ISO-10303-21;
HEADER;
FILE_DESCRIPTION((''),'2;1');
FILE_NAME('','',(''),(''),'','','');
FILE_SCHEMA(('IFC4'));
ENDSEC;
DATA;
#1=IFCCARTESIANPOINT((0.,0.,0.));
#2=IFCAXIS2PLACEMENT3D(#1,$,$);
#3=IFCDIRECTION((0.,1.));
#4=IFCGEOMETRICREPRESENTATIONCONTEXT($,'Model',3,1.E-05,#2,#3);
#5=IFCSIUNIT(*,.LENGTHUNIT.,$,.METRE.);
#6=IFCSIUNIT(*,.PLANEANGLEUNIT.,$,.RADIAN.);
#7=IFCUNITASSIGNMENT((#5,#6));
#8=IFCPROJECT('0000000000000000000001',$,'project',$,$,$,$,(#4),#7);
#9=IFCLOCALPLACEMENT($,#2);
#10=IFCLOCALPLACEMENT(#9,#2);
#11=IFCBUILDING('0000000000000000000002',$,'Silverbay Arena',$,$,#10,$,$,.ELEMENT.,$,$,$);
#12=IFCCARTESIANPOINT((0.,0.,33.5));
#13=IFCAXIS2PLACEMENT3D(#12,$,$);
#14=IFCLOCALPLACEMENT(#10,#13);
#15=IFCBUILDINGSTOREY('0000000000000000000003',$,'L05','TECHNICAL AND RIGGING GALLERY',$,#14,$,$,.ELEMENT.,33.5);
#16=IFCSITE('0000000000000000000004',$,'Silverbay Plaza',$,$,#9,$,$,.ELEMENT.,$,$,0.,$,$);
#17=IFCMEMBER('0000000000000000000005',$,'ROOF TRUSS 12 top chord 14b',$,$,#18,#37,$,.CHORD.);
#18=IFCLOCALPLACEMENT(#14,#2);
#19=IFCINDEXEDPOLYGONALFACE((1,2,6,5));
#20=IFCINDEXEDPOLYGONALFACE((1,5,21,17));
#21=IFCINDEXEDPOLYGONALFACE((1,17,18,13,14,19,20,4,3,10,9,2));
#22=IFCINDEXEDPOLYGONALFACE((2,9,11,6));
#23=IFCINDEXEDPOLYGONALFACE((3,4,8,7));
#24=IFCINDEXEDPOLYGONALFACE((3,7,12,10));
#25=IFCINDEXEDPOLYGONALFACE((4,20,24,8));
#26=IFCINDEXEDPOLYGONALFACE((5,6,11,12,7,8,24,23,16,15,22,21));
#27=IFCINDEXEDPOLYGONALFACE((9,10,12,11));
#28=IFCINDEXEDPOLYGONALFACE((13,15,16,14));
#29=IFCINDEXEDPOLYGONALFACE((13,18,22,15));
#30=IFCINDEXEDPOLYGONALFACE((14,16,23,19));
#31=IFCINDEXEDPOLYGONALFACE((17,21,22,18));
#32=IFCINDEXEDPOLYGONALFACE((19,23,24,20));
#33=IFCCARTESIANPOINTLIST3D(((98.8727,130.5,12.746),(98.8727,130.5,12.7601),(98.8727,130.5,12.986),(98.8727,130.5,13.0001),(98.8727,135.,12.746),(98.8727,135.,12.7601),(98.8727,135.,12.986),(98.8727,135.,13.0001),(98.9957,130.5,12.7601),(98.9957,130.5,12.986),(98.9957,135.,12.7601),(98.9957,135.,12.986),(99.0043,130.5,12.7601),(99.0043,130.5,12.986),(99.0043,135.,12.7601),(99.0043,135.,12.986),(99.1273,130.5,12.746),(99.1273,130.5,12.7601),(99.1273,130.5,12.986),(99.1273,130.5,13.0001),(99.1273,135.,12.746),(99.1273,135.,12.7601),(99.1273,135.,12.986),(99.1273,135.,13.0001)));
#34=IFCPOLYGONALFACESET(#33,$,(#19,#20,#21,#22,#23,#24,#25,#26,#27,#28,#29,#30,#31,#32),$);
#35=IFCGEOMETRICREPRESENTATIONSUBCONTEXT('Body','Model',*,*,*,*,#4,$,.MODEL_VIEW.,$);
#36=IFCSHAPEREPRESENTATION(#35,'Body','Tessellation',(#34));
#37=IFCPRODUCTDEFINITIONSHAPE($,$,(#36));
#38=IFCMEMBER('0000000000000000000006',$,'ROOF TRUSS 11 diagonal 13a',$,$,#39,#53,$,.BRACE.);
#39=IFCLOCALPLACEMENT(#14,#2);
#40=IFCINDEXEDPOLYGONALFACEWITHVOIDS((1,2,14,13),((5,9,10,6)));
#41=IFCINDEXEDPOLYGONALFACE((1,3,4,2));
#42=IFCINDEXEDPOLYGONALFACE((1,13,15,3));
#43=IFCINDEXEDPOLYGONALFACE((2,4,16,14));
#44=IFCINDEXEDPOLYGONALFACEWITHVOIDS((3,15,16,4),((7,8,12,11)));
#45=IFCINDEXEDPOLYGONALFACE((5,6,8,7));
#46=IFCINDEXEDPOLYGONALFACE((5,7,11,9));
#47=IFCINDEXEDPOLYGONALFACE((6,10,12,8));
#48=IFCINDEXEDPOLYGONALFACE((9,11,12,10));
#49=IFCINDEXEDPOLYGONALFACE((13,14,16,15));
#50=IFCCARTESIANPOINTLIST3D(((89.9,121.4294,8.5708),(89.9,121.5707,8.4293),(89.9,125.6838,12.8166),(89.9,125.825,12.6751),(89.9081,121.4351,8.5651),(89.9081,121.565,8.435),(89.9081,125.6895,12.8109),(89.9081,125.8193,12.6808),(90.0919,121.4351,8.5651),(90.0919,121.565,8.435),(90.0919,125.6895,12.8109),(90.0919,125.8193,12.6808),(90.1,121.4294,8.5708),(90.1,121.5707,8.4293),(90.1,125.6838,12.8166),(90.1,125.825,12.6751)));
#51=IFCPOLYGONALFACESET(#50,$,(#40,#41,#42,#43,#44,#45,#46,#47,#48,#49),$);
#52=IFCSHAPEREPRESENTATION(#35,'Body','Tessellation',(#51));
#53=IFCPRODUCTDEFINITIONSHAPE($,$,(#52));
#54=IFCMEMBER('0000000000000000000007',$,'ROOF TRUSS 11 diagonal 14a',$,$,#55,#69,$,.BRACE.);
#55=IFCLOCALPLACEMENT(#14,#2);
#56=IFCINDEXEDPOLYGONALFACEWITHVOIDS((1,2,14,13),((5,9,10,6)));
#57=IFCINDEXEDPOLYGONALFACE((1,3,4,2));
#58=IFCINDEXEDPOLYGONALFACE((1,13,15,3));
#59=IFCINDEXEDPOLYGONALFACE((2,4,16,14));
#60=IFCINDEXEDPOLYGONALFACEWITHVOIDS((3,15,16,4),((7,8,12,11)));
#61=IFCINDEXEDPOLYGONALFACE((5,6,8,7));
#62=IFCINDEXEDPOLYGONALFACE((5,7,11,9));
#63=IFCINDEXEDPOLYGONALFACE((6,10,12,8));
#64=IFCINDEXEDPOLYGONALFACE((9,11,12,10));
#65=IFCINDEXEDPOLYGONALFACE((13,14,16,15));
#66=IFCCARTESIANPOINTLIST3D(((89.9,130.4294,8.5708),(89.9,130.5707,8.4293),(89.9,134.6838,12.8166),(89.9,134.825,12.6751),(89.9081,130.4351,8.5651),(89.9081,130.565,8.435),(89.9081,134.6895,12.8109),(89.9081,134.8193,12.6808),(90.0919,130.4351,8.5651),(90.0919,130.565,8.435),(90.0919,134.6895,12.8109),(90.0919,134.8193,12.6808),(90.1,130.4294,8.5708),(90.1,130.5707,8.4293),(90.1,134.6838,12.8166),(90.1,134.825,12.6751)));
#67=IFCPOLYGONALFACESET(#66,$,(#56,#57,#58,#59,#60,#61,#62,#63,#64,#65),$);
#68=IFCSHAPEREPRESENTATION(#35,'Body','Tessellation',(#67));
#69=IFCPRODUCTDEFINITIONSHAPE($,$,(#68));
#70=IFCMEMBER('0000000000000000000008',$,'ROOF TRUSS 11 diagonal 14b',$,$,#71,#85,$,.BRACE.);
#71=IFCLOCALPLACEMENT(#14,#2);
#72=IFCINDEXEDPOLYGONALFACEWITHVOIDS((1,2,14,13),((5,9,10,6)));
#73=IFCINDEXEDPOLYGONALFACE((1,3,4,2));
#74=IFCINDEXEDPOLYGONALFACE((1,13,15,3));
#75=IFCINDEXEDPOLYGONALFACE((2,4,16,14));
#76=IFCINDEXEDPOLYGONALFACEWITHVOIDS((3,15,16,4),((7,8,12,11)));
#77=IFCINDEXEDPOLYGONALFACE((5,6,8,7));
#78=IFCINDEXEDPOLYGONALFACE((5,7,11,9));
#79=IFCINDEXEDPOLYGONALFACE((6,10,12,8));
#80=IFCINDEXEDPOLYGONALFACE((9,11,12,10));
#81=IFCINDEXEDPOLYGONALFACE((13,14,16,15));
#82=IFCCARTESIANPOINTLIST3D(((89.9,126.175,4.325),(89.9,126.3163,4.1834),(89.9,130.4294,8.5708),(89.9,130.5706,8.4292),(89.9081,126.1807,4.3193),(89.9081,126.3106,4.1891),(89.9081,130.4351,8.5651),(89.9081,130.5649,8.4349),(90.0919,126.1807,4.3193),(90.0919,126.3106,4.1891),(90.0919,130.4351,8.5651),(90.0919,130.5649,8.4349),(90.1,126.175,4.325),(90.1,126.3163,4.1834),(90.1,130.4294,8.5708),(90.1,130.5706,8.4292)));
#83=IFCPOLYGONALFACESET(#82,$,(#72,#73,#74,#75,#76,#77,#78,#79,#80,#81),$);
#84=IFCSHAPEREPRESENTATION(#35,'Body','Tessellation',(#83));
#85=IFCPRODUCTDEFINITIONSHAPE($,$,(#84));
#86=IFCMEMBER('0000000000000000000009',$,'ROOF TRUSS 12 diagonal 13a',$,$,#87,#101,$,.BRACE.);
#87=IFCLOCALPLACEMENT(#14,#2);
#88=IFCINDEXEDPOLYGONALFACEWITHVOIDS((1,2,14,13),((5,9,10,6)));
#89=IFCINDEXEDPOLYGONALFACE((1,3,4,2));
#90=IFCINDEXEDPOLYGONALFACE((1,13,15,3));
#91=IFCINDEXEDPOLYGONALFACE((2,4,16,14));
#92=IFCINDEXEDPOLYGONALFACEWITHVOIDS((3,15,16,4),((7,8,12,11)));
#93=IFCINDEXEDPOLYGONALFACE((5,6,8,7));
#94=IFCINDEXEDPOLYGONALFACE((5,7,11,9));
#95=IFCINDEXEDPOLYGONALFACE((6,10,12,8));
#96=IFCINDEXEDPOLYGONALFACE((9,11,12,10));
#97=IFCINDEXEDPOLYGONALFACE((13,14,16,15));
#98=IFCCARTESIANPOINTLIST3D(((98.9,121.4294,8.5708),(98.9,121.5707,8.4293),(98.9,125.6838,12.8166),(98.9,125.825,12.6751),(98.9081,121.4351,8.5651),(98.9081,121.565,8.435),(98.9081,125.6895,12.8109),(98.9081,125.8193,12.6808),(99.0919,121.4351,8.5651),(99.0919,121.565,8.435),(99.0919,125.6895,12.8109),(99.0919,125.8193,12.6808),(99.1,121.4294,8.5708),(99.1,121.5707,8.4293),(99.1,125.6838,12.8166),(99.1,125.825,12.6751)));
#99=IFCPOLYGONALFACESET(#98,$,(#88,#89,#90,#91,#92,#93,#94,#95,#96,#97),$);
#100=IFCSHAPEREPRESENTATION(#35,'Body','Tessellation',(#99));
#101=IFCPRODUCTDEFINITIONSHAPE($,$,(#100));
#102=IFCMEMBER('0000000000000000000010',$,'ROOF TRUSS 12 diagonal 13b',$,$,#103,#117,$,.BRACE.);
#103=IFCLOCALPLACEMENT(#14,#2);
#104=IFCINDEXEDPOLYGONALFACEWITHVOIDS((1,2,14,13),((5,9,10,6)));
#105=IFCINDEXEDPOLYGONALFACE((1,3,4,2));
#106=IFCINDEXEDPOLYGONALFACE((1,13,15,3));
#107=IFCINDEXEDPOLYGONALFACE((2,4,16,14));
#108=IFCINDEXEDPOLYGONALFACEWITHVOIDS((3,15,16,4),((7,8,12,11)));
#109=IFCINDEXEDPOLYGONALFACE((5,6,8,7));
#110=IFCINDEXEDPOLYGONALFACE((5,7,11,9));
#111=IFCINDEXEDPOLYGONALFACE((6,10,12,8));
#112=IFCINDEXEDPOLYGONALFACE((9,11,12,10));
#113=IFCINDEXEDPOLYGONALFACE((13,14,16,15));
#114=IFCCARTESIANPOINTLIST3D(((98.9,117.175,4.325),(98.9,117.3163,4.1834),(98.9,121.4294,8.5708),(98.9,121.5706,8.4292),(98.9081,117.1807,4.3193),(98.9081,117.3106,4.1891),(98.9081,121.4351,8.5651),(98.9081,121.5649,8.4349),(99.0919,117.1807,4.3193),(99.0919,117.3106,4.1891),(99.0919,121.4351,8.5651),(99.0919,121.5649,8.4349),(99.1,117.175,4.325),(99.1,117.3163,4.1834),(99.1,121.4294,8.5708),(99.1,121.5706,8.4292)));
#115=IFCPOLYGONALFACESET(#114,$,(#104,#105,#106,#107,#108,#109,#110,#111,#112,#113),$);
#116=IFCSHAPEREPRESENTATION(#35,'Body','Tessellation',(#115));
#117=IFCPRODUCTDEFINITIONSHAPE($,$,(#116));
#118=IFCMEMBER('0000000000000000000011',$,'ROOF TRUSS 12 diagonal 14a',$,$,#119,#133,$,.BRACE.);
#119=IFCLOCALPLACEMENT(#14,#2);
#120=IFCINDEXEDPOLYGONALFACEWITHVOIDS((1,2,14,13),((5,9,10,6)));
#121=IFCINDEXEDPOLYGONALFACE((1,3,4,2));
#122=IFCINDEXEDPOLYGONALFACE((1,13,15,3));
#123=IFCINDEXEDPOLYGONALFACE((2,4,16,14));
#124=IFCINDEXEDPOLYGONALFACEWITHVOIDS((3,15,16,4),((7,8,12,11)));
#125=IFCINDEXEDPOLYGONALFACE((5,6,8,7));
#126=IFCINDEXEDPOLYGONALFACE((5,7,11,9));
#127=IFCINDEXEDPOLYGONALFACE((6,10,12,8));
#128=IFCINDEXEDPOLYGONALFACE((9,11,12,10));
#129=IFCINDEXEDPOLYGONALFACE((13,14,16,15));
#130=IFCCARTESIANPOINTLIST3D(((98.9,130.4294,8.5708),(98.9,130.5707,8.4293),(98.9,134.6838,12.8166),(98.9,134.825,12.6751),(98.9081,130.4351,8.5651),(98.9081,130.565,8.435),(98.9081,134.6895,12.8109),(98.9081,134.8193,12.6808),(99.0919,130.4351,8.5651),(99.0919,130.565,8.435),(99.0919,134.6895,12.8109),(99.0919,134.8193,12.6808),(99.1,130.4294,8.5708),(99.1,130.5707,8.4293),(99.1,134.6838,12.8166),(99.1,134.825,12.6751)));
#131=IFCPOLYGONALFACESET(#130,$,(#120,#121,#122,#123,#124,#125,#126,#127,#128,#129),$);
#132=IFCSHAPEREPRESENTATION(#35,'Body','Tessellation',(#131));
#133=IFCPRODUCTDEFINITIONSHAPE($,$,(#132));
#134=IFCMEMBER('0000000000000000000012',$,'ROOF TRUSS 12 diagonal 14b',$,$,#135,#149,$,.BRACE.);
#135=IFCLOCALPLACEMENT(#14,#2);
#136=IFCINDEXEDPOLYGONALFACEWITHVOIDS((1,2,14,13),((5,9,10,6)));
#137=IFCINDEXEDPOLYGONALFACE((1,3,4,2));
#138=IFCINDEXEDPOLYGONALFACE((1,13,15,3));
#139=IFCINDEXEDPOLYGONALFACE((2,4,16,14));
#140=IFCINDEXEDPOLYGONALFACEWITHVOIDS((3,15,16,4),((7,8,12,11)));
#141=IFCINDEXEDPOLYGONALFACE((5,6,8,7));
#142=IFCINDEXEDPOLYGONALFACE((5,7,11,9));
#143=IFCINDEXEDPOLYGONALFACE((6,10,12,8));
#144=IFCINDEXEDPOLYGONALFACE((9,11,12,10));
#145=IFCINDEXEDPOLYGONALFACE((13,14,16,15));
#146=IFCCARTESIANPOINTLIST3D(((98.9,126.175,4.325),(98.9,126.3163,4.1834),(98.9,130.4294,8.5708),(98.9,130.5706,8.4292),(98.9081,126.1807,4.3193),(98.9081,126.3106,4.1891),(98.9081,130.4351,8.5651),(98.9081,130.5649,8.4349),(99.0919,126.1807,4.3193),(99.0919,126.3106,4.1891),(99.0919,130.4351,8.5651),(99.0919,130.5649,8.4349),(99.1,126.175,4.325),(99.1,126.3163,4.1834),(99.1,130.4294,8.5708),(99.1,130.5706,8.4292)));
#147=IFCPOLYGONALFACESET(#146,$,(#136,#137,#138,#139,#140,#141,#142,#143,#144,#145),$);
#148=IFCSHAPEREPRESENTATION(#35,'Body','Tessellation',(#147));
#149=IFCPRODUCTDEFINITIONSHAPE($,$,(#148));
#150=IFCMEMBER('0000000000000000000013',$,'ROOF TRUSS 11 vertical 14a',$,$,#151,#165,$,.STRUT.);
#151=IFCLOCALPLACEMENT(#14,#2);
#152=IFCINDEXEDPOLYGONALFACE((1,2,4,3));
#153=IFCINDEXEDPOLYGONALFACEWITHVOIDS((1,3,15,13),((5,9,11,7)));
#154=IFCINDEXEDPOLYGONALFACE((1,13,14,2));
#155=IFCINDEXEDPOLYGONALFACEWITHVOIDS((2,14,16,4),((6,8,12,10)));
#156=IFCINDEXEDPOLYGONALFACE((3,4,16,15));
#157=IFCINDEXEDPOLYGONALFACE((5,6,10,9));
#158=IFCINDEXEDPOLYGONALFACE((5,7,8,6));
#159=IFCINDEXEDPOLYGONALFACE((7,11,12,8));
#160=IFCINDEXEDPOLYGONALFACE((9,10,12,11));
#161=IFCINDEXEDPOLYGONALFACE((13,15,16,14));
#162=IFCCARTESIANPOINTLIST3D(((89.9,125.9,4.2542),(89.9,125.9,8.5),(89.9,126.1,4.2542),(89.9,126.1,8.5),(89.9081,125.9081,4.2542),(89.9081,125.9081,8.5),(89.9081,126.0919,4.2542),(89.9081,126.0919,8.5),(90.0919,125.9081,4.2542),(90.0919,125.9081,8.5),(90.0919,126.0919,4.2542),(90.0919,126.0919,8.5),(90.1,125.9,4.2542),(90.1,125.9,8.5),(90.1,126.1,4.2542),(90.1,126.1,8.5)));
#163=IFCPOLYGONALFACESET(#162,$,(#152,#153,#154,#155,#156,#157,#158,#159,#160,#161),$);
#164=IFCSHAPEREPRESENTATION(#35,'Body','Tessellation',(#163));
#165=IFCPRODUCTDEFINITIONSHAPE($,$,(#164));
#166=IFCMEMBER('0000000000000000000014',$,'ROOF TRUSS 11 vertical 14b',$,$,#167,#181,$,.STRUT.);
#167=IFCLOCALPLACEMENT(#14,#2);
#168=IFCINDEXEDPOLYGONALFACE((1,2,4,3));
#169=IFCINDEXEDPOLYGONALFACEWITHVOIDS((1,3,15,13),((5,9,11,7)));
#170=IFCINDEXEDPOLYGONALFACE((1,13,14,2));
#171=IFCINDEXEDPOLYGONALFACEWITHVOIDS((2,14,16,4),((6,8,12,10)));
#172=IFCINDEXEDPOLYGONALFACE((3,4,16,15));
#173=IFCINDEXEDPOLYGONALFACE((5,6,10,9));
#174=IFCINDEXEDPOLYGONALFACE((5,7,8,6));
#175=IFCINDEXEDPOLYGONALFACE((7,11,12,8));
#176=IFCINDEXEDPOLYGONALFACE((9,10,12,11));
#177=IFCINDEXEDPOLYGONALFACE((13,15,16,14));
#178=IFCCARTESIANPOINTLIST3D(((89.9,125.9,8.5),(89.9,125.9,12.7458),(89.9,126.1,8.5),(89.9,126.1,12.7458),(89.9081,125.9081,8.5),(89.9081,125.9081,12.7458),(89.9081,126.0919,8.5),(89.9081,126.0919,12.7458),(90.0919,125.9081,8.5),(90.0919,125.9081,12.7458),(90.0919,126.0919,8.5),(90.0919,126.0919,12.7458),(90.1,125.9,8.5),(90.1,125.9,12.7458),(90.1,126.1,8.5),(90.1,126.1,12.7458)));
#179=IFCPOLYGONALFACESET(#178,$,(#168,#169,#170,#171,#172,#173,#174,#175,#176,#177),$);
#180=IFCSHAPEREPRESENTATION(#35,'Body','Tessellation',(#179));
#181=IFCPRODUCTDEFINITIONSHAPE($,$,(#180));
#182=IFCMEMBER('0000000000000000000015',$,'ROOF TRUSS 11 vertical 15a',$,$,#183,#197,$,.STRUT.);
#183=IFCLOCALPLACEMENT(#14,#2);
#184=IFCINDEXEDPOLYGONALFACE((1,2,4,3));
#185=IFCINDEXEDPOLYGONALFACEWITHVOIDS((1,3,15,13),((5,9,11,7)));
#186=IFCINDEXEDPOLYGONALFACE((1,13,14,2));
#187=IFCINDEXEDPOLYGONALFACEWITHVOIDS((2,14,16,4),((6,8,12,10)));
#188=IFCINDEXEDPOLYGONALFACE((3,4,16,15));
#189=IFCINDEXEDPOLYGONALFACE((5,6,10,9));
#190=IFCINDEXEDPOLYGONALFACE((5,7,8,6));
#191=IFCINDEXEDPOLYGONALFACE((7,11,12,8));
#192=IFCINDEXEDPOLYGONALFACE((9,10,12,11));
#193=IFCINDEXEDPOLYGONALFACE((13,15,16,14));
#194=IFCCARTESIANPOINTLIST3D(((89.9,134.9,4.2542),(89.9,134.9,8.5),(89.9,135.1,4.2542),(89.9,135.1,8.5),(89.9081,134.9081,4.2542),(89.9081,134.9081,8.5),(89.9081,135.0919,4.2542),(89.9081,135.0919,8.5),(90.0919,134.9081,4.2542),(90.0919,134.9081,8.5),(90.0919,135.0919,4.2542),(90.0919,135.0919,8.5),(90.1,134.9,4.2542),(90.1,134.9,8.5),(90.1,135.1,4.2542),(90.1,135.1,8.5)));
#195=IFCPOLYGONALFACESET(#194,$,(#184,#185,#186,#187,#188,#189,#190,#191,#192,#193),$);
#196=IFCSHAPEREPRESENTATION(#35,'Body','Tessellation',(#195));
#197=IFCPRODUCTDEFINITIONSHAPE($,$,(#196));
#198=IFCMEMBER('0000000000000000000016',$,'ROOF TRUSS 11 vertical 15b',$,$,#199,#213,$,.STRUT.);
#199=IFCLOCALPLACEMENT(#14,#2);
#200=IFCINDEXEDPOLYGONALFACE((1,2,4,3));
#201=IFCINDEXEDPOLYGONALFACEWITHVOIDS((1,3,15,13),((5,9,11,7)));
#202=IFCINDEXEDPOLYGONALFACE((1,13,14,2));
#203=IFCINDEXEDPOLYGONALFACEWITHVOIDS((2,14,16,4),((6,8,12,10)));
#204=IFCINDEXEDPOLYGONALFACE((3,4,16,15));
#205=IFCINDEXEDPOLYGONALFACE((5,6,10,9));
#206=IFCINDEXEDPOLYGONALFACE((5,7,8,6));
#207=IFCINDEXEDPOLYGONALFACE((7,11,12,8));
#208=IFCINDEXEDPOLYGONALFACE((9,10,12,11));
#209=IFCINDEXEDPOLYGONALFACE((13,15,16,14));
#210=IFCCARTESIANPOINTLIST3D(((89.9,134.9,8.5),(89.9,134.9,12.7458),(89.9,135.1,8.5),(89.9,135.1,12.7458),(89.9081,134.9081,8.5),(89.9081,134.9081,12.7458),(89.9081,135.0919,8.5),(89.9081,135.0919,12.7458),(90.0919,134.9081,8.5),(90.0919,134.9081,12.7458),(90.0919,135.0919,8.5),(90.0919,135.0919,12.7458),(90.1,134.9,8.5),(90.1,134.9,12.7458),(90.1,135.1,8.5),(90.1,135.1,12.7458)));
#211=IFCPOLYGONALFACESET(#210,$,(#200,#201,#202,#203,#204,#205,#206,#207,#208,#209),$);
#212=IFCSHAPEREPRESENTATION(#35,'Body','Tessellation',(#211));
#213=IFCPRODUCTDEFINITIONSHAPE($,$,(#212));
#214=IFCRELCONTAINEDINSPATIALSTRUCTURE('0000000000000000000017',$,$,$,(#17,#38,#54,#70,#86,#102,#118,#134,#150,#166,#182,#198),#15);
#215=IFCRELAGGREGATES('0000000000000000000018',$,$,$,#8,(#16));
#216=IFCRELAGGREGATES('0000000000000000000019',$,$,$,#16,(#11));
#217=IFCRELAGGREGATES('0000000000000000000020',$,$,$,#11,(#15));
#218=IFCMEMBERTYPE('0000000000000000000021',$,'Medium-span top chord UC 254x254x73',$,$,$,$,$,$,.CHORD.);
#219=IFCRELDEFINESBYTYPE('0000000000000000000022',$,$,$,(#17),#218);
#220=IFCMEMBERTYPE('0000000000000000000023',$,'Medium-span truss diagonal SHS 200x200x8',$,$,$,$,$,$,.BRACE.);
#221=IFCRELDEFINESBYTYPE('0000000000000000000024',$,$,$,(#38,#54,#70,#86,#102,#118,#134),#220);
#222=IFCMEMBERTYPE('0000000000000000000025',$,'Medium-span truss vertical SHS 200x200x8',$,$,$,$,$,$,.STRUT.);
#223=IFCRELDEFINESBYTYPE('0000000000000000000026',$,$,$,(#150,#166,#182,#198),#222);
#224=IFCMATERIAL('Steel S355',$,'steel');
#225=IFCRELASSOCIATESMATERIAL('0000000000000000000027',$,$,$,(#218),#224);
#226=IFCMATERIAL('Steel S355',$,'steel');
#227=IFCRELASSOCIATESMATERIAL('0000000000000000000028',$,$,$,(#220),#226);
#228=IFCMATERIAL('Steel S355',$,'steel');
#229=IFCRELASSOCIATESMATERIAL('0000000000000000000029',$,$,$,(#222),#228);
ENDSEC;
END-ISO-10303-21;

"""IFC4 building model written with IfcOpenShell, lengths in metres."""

from ifc_helpers import new_model, si_unit, direction, frame, origin, origin_2d, place, context, subcontext, project, spatial, hollow_rectangle, i_section, extrude, material, material_profile, profile_set, type_object, element, save


model = new_model("IFC4")

# Units and contexts
model_context = context("Model", 3, precision=1e-05, world=origin(), true_north=direction((0.0, 1.0)))
body_context = subcontext(model_context, "Body", "Model", "MODEL_VIEW")
ifc_project = project(units=[si_unit("LENGTHUNIT", "METRE"), si_unit("PLANEANGLEUNIT", "RADIAN")], contexts=[model_context])

# Site, building, storey
site_placement = place(None, origin())
site = spatial("IfcSite", under=ifc_project, at=site_placement, Name="Silverbay Plaza", CompositionType="ELEMENT", RefElevation=0.0)
building_placement = place(site_placement, origin())
building = spatial("IfcBuilding", under=site, at=building_placement, Name="Silverbay Arena", CompositionType="ELEMENT")
storey_placement = place(building_placement, frame((0.0, 0.0, 33.5)))
storey = spatial("IfcBuildingStorey", under=building, at=storey_placement, Name="L05", Description="TECHNICAL AND RIGGING GALLERY", CompositionType="ELEMENT", Elevation=33.5)

# Members
ifc_material_1 = material(Name="Steel S355", Category="steel")
ifc_material_profile_1 = material_profile(ifc_material_1, i_section(OverallWidth=0.2546, OverallDepth=0.2542, WebThickness=0.0085, FlangeThickness=0.0142, at=origin_2d()), Name="UC 254x254x73")
ifc_profile_set_1 = profile_set([ifc_material_profile_1], Name="Steel S355")
member_type_1 = type_object("IfcMemberType", Name="Medium-span top chord UC 254x254x73", PredefinedType="CHORD", material=ifc_profile_set_1)
for number, where, z_axis, x_axis, name in (
    (1, (99.0, 130.5, 12.873), (0.0, 1.0, 0.0), (-1.0, 0.0, 0.0), "ROOF TRUSS 12 top chord 14b"),
):
    element("IfcMember", number, at=place(storey_placement, frame(where, z_axis=z_axis, x_axis=x_axis)), inside=storey, type_object=member_type_1, Name=name, PredefinedType="CHORD", context=body_context, shape_type="SweptSolid", body=[
        extrude(i_section(OverallWidth=0.2546, OverallDepth=0.2542, WebThickness=0.0085, FlangeThickness=0.0142, at=origin_2d()), origin(), (0.0, 0.0, 1.0), 4.5),
    ])
ifc_material_2 = material(Name="Steel S355", Category="steel")
ifc_material_profile_2 = material_profile(ifc_material_2, hollow_rectangle(XDim=0.2, YDim=0.2, WallThickness=0.0081, at=origin_2d()), Name="SHS 200x200x8")
ifc_profile_set_2 = profile_set([ifc_material_profile_2], Name="Steel S355")
member_type_2 = type_object("IfcMemberType", Name="Medium-span truss diagonal SHS 200x200x8", PredefinedType="BRACE", material=ifc_profile_set_2)
for number, where, z_axis, x_axis, name in (
    (2, (90.0, 125.7544, 12.7458), (0.0, -0.707817, -0.706396), (1.0, 0.0, 0.0), "ROOF TRUSS 11 diagonal 13a"),
    (3, (90.0, 134.7544, 12.7458), (0.0, -0.707817, -0.706396), (1.0, 0.0, 0.0), "ROOF TRUSS 11 diagonal 14a"),
    (4, (90.0, 130.5, 8.5), (0.0, -0.707817, -0.706396), (1.0, 0.0, 0.0), "ROOF TRUSS 11 diagonal 14b"),
    (5, (99.0, 125.7544, 12.7458), (0.0, -0.707817, -0.706396), (1.0, 0.0, 0.0), "ROOF TRUSS 12 diagonal 13a"),
    (6, (99.0, 121.5, 8.5), (0.0, -0.707817, -0.706396), (1.0, 0.0, 0.0), "ROOF TRUSS 12 diagonal 13b"),
    (7, (99.0, 134.7544, 12.7458), (0.0, -0.707817, -0.706396), (1.0, 0.0, 0.0), "ROOF TRUSS 12 diagonal 14a"),
    (8, (99.0, 130.5, 8.5), (0.0, -0.707817, -0.706396), (1.0, 0.0, 0.0), "ROOF TRUSS 12 diagonal 14b"),
):
    element("IfcMember", number, at=place(storey_placement, frame(where, z_axis=z_axis, x_axis=x_axis)), inside=storey, type_object=member_type_2, Name=name, PredefinedType="BRACE", context=body_context, shape_type="SweptSolid", body=[
        extrude(hollow_rectangle(XDim=0.2, YDim=0.2, WallThickness=0.0081, at=origin_2d()), origin(), (0.0, 0.0, 1.0), 6.0105),
    ])
ifc_material_3 = material(Name="Steel S355", Category="steel")
ifc_material_profile_3 = material_profile(ifc_material_3, hollow_rectangle(XDim=0.2, YDim=0.2, WallThickness=0.0081, at=origin_2d()), Name="SHS 200x200x8")
ifc_profile_set_3 = profile_set([ifc_material_profile_3], Name="Steel S355")
member_type_3 = type_object("IfcMemberType", Name="Medium-span truss vertical SHS 200x200x8", PredefinedType="STRUT", material=ifc_profile_set_3)
for number, where, z_axis, x_axis, name in (
    (9, (90.0, 126.0, 4.2542), (0.0, 0.0, 1.0), (1.0, 0.0, 0.0), "ROOF TRUSS 11 vertical 14a"),
    (10, (90.0, 126.0, 8.5), (0.0, 0.0, 1.0), (1.0, 0.0, 0.0), "ROOF TRUSS 11 vertical 14b"),
    (11, (90.0, 135.0, 4.2542), (0.0, 0.0, 1.0), (1.0, 0.0, 0.0), "ROOF TRUSS 11 vertical 15a"),
    (12, (90.0, 135.0, 8.5), (0.0, 0.0, 1.0), (1.0, 0.0, 0.0), "ROOF TRUSS 11 vertical 15b"),
):
    element("IfcMember", number, at=place(storey_placement, frame(where, z_axis=z_axis, x_axis=x_axis)), inside=storey, type_object=member_type_3, Name=name, PredefinedType="STRUT", context=body_context, shape_type="SweptSolid", body=[
        extrude(hollow_rectangle(XDim=0.2, YDim=0.2, WallThickness=0.0081, at=origin_2d()), origin(), (0.0, 0.0, 1.0), 4.2458),
    ])

save(model, "model.ifc")
